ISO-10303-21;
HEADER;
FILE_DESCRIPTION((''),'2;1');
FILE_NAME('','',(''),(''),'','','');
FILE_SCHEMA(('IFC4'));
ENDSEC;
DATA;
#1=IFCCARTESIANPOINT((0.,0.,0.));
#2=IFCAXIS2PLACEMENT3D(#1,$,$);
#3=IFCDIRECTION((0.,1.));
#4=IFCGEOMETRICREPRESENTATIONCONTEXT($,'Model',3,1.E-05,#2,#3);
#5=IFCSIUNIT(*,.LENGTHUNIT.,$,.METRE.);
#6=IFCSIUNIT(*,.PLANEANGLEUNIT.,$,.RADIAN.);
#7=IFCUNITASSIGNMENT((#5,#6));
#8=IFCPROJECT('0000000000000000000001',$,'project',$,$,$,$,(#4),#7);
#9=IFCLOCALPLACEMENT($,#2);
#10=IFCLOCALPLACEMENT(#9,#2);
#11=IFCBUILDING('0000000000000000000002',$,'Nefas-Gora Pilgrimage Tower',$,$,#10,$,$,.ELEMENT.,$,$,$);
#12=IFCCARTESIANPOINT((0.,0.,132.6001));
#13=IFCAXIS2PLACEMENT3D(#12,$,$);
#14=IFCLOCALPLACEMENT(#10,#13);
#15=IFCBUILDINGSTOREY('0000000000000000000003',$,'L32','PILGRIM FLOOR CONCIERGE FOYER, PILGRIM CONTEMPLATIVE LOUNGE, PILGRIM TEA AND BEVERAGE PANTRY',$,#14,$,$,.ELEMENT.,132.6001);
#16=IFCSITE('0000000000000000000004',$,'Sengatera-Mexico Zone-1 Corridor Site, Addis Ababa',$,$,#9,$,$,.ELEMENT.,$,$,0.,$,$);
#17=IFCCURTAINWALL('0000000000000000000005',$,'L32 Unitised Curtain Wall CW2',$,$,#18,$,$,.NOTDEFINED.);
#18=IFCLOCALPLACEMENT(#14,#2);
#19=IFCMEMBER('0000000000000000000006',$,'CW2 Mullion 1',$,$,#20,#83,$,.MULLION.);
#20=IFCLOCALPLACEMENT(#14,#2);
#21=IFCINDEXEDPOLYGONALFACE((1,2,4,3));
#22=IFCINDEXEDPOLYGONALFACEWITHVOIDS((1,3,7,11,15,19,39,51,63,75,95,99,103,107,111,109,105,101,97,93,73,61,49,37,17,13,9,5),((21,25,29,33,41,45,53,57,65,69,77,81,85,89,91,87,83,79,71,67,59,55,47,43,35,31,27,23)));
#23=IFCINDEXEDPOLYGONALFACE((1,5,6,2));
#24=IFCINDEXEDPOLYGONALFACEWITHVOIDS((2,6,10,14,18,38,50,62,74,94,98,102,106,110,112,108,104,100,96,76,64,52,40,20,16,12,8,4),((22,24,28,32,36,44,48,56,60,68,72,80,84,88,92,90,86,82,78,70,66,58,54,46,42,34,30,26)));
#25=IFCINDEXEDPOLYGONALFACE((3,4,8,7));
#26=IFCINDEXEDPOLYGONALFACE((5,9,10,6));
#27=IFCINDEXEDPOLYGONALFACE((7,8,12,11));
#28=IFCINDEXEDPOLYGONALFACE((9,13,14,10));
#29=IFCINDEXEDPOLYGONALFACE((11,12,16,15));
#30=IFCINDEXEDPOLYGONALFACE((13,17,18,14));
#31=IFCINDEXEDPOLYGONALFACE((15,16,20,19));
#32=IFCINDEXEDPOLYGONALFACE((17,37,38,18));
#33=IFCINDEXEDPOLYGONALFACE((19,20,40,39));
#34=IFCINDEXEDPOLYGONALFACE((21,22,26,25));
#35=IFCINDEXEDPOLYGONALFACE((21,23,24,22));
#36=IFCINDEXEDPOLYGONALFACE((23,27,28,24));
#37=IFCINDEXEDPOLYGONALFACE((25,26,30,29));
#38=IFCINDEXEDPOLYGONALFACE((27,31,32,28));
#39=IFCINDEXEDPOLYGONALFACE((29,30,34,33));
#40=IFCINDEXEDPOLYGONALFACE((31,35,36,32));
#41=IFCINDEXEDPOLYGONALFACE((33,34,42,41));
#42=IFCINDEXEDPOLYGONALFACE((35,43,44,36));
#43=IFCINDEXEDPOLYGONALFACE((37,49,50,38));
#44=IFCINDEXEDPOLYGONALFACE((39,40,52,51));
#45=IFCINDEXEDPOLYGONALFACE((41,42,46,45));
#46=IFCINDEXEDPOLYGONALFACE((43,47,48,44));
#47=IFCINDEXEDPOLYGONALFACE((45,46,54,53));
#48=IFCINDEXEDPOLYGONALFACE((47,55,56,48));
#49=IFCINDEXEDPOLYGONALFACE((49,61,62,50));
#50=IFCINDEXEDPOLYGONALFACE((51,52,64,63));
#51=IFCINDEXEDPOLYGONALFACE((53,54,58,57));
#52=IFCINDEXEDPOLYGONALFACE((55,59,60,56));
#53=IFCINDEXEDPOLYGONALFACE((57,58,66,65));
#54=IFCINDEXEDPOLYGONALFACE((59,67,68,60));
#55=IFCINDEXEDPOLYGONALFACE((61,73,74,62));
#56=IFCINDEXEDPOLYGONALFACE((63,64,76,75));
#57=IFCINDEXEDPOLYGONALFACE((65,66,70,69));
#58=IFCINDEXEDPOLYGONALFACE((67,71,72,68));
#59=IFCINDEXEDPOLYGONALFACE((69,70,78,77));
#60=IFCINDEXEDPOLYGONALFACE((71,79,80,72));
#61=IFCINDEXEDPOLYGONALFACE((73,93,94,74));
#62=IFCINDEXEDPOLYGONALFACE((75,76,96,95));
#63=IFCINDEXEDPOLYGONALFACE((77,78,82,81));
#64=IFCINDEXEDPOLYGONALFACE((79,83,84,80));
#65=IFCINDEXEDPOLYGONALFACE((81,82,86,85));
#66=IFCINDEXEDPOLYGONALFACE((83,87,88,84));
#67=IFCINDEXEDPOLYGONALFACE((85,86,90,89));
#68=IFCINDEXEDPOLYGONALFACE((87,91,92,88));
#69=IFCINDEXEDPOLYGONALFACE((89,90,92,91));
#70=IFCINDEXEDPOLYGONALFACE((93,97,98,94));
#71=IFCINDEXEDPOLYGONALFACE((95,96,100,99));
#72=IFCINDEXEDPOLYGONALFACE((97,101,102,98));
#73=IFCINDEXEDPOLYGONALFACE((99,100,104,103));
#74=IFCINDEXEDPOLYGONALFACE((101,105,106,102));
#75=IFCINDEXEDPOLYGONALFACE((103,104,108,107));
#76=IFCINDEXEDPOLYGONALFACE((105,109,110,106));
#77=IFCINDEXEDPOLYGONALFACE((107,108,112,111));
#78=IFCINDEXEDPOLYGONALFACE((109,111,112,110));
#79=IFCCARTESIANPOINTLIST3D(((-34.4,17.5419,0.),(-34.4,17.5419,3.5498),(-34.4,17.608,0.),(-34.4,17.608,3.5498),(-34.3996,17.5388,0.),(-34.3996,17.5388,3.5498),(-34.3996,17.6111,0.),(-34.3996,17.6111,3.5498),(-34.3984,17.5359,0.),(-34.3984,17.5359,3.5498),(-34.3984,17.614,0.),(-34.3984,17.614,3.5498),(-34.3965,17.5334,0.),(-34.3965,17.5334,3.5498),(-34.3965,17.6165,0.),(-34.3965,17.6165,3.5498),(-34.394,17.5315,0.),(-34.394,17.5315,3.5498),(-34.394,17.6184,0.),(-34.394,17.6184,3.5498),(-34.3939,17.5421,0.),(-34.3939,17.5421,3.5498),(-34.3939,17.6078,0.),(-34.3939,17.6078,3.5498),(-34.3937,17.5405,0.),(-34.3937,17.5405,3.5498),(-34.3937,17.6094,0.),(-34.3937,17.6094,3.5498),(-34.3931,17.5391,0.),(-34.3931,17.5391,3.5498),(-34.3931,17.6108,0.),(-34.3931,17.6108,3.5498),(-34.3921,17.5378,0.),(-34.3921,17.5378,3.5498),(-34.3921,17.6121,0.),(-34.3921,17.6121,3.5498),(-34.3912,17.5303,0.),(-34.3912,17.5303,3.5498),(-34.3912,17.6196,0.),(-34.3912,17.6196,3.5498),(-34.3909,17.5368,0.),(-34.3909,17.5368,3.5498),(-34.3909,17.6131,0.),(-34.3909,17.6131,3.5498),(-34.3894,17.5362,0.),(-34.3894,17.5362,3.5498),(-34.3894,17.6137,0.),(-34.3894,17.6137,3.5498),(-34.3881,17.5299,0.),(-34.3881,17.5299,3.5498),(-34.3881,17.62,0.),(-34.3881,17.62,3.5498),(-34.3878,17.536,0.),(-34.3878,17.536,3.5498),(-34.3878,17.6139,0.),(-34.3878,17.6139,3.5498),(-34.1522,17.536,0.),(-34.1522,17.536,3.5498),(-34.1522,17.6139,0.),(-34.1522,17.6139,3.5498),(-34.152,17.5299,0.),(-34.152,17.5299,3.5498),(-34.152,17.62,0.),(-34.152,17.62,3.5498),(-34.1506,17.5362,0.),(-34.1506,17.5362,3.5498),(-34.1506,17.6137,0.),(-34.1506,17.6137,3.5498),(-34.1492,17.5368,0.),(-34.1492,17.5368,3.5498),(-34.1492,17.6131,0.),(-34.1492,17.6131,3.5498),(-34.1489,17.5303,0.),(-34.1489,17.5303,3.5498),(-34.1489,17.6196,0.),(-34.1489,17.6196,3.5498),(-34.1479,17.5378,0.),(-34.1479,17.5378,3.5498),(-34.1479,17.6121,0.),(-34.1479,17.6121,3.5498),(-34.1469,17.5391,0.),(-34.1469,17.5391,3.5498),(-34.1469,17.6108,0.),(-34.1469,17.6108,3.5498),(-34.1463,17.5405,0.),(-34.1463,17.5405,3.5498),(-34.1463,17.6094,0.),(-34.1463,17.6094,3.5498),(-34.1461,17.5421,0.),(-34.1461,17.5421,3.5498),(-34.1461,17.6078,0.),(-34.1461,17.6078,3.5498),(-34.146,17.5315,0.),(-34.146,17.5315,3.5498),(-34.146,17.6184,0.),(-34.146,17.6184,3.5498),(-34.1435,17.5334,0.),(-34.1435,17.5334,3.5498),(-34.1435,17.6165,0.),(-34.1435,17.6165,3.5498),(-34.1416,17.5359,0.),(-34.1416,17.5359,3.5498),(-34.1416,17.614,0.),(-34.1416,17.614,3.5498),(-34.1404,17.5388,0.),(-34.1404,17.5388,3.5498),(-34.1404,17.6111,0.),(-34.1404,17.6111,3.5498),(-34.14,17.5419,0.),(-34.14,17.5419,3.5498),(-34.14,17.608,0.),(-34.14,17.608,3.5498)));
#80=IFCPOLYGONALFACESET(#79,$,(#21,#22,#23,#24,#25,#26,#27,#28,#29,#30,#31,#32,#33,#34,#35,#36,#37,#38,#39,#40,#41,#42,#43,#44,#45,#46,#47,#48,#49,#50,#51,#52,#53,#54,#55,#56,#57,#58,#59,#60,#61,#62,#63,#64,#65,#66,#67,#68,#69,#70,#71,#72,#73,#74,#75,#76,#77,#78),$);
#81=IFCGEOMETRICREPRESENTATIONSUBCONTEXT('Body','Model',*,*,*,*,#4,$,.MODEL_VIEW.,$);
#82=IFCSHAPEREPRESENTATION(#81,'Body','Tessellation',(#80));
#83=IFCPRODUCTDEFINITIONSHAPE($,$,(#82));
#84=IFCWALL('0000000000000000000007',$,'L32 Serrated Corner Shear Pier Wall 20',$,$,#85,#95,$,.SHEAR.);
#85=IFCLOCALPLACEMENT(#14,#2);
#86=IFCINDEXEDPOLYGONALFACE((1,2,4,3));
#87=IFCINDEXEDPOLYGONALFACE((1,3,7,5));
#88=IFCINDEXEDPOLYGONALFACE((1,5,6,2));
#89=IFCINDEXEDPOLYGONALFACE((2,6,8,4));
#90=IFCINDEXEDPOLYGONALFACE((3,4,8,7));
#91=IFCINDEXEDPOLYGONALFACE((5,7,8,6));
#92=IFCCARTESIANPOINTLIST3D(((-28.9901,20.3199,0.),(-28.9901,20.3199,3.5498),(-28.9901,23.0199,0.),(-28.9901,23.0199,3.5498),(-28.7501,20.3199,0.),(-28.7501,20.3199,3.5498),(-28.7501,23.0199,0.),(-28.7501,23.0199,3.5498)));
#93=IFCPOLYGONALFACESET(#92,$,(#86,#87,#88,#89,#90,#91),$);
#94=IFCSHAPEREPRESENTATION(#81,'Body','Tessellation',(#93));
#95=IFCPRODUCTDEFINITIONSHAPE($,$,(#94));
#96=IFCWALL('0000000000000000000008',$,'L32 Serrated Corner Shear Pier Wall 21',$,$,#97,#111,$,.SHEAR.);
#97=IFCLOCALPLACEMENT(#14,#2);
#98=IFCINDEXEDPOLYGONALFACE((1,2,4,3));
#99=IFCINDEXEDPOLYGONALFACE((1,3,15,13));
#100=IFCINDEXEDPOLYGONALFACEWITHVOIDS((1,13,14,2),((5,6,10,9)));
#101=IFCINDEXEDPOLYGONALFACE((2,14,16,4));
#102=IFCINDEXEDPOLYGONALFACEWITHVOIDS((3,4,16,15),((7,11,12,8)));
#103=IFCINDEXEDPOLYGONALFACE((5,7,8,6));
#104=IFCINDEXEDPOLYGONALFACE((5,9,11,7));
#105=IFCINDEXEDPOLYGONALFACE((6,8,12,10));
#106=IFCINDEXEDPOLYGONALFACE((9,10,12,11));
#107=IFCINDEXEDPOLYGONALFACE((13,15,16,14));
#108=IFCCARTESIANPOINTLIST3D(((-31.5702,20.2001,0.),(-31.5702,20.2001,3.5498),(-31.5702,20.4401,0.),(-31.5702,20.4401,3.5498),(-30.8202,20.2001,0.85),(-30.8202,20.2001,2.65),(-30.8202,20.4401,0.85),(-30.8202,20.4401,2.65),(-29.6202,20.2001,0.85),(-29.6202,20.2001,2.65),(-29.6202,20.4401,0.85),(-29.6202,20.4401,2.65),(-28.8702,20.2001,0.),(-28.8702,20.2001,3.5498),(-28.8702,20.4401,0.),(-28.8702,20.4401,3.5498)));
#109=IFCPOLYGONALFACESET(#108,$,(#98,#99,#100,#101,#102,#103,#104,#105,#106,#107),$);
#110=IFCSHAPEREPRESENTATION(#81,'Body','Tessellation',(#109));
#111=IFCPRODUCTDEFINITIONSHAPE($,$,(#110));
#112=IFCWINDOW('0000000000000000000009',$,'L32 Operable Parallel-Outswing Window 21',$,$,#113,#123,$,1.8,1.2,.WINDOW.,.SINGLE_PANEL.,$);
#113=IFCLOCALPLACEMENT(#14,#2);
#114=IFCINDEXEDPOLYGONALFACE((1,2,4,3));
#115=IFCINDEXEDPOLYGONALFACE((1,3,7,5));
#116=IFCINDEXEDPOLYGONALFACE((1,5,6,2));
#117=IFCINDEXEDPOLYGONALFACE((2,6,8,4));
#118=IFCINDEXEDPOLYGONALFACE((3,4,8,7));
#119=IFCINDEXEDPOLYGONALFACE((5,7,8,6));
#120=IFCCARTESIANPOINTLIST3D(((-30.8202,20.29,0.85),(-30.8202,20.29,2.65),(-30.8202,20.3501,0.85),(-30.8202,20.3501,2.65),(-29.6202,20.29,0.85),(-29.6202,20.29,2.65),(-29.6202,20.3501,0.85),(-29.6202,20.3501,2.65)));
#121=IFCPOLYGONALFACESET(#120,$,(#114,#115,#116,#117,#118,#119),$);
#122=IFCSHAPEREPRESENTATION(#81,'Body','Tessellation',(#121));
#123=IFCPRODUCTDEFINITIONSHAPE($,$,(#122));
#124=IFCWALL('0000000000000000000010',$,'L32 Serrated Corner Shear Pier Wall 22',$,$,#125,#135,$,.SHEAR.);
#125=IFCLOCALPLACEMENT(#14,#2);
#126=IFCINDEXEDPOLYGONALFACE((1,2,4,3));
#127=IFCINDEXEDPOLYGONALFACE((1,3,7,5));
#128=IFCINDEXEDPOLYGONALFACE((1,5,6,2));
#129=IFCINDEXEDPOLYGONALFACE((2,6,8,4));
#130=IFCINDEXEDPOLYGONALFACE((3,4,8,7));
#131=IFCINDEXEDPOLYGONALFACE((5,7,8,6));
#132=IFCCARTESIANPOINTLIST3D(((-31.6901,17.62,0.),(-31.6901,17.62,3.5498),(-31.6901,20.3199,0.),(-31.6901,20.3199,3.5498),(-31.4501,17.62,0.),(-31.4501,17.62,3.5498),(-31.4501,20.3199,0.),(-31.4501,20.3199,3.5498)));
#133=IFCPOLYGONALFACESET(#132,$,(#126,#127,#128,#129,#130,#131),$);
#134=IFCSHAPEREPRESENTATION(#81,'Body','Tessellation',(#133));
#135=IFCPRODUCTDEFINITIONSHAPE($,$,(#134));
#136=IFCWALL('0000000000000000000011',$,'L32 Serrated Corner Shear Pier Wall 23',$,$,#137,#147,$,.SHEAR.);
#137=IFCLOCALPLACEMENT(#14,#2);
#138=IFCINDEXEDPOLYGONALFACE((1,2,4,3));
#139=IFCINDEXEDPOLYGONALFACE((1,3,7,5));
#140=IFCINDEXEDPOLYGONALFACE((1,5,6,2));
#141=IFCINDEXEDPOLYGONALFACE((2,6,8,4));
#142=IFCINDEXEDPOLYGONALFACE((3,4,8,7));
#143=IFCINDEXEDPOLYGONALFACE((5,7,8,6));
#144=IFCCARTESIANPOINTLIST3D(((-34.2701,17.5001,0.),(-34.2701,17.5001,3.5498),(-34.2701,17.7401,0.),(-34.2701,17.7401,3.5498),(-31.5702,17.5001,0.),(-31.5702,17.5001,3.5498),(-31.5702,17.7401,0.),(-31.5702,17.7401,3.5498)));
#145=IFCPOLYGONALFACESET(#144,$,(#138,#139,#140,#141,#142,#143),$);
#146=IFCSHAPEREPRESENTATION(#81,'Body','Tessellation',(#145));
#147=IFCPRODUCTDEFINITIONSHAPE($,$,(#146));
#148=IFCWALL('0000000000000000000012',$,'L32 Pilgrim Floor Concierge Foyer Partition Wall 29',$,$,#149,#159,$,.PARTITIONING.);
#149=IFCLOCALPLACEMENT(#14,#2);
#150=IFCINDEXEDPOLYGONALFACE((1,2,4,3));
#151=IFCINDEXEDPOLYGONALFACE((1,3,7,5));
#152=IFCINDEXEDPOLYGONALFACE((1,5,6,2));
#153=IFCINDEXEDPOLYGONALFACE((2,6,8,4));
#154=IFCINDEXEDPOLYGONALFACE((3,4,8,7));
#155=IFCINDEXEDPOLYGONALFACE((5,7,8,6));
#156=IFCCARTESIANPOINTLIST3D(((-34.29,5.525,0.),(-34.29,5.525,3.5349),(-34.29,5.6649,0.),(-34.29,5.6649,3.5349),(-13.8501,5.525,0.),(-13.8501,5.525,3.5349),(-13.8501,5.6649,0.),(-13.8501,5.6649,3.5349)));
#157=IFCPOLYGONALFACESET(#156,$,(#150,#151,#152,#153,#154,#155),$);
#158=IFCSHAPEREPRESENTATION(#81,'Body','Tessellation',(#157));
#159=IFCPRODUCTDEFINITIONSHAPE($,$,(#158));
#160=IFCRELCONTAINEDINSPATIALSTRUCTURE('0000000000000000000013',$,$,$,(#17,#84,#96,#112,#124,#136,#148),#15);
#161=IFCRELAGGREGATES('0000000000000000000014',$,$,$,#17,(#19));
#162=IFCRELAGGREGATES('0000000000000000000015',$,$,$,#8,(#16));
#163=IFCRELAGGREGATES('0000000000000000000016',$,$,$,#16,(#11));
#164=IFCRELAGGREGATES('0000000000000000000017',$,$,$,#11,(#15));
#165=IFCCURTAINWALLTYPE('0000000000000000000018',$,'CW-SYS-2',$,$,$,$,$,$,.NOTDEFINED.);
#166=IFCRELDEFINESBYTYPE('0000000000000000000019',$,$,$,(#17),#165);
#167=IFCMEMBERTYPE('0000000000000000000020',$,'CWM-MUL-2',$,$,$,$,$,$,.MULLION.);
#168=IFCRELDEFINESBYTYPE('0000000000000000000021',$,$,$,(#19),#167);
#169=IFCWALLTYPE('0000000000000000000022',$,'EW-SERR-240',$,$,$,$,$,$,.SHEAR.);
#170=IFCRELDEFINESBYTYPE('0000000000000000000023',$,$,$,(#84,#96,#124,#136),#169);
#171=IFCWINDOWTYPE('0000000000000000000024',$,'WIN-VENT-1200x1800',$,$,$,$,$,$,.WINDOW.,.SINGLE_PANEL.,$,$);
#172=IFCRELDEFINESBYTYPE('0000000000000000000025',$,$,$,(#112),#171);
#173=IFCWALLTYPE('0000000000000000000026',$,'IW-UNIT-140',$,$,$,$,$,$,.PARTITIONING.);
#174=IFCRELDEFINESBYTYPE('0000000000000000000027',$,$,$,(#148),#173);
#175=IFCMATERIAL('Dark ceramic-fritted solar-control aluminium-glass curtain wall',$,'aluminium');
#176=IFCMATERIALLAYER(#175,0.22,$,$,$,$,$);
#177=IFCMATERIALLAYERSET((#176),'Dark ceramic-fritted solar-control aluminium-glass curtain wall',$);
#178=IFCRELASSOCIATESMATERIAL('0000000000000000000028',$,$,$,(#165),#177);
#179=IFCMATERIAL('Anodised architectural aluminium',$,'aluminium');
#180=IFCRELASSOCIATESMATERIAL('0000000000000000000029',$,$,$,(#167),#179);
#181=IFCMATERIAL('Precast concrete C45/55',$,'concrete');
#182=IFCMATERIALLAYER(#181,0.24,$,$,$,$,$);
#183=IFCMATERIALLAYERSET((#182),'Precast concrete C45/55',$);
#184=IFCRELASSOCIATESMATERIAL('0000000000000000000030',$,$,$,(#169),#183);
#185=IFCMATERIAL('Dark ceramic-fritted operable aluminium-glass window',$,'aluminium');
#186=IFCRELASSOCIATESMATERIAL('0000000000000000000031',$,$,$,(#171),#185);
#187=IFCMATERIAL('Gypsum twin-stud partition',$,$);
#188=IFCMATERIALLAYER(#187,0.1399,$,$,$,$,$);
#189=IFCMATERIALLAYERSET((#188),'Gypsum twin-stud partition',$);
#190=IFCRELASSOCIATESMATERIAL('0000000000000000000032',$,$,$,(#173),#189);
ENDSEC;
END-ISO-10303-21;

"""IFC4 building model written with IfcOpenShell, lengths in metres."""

from ifc_helpers import new_model, si_unit, direction, frame, frame_2d, origin, origin_2d, place, context, subcontext, project, spatial, rectangle, hollow_rectangle, extrude, source, transform, mapped, material, layer, layer_set, material_profile, profile_set, type_object, element, fill, aggregate, save


model = new_model("IFC4")

# Units and contexts
model_context = context("Model", 3, precision=1e-05, world=origin(), true_north=direction((0.0, 1.0)))
body_context = subcontext(model_context, "Body", "Model", "MODEL_VIEW")
ifc_project = project(units=[si_unit("LENGTHUNIT", "METRE"), si_unit("PLANEANGLEUNIT", "RADIAN")], contexts=[model_context])

# Site, building, storey
site_placement = place(None, origin())
site = spatial("IfcSite", under=ifc_project, at=site_placement, Name="Sengatera-Mexico Zone-1 Corridor Site, Addis Ababa", CompositionType="ELEMENT", RefElevation=0.0)
building_placement = place(site_placement, origin())
building = spatial("IfcBuilding", under=site, at=building_placement, Name="Nefas-Gora Pilgrimage Tower", CompositionType="ELEMENT")
storey_placement = place(building_placement, frame((0.0, 0.0, 132.6001)))
storey = spatial("IfcBuildingStorey", under=building, at=storey_placement, Name="L32", Description="PILGRIM FLOOR CONCIERGE FOYER, PILGRIM CONTEMPLATIVE LOUNGE, PILGRIM TEA AND BEVERAGE PANTRY", CompositionType="ELEMENT", Elevation=132.6001)

# Curtain wall
ifc_material_1 = material(Name="Dark ceramic-fritted solar-control aluminium-glass curtain wall", Category="aluminium")
ifc_layer_1 = layer(ifc_material_1, 0.22)
ifc_layer_set_1 = layer_set([ifc_layer_1], Name="Dark ceramic-fritted solar-control aluminium-glass curtain wall")
curtain_wall_type = type_object("IfcCurtainWallType", Name="CW-SYS-2", PredefinedType="NOTDEFINED", material=ifc_layer_set_1)
curtain_wall_1_placement = place(storey_placement, origin())
curtain_wall_1 = element("IfcCurtainWall", 1, at=curtain_wall_1_placement, inside=storey, type_object=curtain_wall_type, Name="L32 Unitised Curtain Wall CW2", PredefinedType="NOTDEFINED")
ifc_material_2 = material(Name="Anodised architectural aluminium", Category="aluminium")
ifc_material_profile_1 = material_profile(ifc_material_2, hollow_rectangle(XDim=0.0901, YDim=0.26, WallThickness=0.0061, InnerFilletRadius=0.0061, OuterFilletRadius=0.012, at=origin_2d()), Name="ALU MULLION 90x260")
ifc_profile_set_1 = profile_set([ifc_material_profile_1], Name="Anodised architectural aluminium")
member_type_1 = type_object("IfcMemberType", Name="CWM-MUL-2", PredefinedType="MULLION", material=ifc_profile_set_1)
shared_shape_1 = source(origin(), body_context, "Body", "SweptSolid", [
    extrude(hollow_rectangle(XDim=0.0901, YDim=0.26, WallThickness=0.0061, InnerFilletRadius=0.0061, OuterFilletRadius=0.012, at=origin_2d()), origin(), (0.0, 0.0, 1.0), 3.5498),
])

# Member
member_1_placement = place(storey_placement, frame((-34.27, 17.575, 0.0), z_axis=(0.0, 0.0, 1.0), x_axis=(0.0, -1.0, 0.0)))
member_1 = element("IfcMember", 2, at=member_1_placement, type_object=member_type_1, Name="CW2 Mullion 1", PredefinedType="MULLION", context=body_context, shape_type="MappedRepresentation", body=[
    mapped(shared_shape_1, transform((0.0, 0.0, 0.0), x_axis=(1.0, 0.0, 0.0), y_axis=(0.0, 1.0, 0.0), z_axis=(0.0, 0.0, 1.0), scale=1.0)),
])
aggregate(curtain_wall_1, [member_1])

# Wall
ifc_material_3 = material(Name="Precast concrete C45/55", Category="concrete")
ifc_layer_2 = layer(ifc_material_3, 0.24)
ifc_layer_set_2 = layer_set([ifc_layer_2], Name="Precast concrete C45/55")
wall_type_1 = type_object("IfcWallType", Name="EW-SERR-240", PredefinedType="SHEAR", material=ifc_layer_set_2)
shared_shape_2 = source(origin(), body_context, "Body", "SweptSolid", [
    extrude(rectangle(XDim=2.7, YDim=0.24, at=frame_2d((1.3501, 0.0))), origin(), (0.0, 0.0, 1.0), 3.5498),
])
wall_1_placement = place(storey_placement, frame((-28.8701, 23.02, 0.0), z_axis=(0.0, 0.0, 1.0), x_axis=(0.0, -1.0, 0.0)))
element("IfcWall", 3, at=wall_1_placement, inside=storey, type_object=wall_type_1, Name="L32 Serrated Corner Shear Pier Wall 20", PredefinedType="SHEAR", context=body_context, shape_type="MappedRepresentation", body=[
    mapped(shared_shape_2, transform((0.0, 0.0, 0.0), x_axis=(1.0, 0.0, 0.0), y_axis=(0.0, 1.0, 0.0), z_axis=(0.0, 0.0, 1.0), scale=1.0)),
])

# Wall, opening, window
wall_2_placement = place(storey_placement, frame((-28.8701, 20.3201, 0.0), z_axis=(0.0, 0.0, 1.0), x_axis=(-1.0, 0.0, 0.0)))
wall_2 = element("IfcWall", 4, at=wall_2_placement, inside=storey, type_object=wall_type_1, Name="L32 Serrated Corner Shear Pier Wall 21", PredefinedType="SHEAR", context=body_context, shape_type="MappedRepresentation", body=[
    mapped(shared_shape_2, transform((0.0, 0.0, 0.0), x_axis=(1.0, 0.0, 0.0), y_axis=(0.0, 1.0, 0.0), z_axis=(0.0, 0.0, 1.0), scale=1.0)),
])
opening_placement = place(wall_2_placement, frame((0.75, 0.0, 0.8501)))
opening = element("IfcOpeningElement", 5, at=opening_placement, cuts=wall_2, PredefinedType="OPENING", context=body_context, shape_type="SweptSolid", body=[
    extrude(rectangle(XDim=1.2, YDim=1.8, at=frame_2d((0.6001, 0.8999))), frame((0.0, 0.1299, 0.0), z_axis=(0.0, -1.0, 0.0), x_axis=(1.0, 0.0, 0.0)), (0.0, 0.0, 1.0), 0.26),
])
ifc_material_4 = material(Name="Dark ceramic-fritted operable aluminium-glass window", Category="aluminium")
window_type = type_object("IfcWindowType", Name="WIN-VENT-1200x1800", PartitioningType="SINGLE_PANEL", PredefinedType="WINDOW", material=ifc_material_4)
shared_shape_3 = source(origin(), body_context, "Body", "SweptSolid", [
    extrude(rectangle(XDim=1.2, YDim=1.8, at=frame_2d((0.6001, 0.8999))), frame((0.0, 0.03, 0.0), z_axis=(0.0, -1.0, 0.0), x_axis=(1.0, 0.0, 0.0)), (0.0, 0.0, 1.0), 0.0601),
])
window_placement = place(opening_placement, origin())
window = element("IfcWindow", 6, at=window_placement, inside=storey, type_object=window_type, Name="L32 Operable Parallel-Outswing Window 21", OverallHeight=1.8, OverallWidth=1.2, PartitioningType="SINGLE_PANEL", PredefinedType="WINDOW", context=body_context, shape_type="MappedRepresentation", body=[
    mapped(shared_shape_3, transform((0.0, 0.0, 0.0), x_axis=(1.0, 0.0, 0.0), y_axis=(0.0, 1.0, 0.0), z_axis=(0.0, 0.0, 1.0), scale=1.0)),
])
fill(opening, window)

# Walls
for number, where, z_axis, x_axis, name in (
    (7, (-31.5701, 20.3201, 0.0), (0.0, 0.0, 1.0), (0.0, -1.0, 0.0), "L32 Serrated Corner Shear Pier Wall 22"),
    (8, (-31.5701, 17.6201, 0.0), (0.0, 0.0, 1.0), (-1.0, 0.0, 0.0), "L32 Serrated Corner Shear Pier Wall 23"),
):
    element("IfcWall", number, at=place(storey_placement, frame(where, z_axis=z_axis, x_axis=x_axis)), inside=storey, type_object=wall_type_1, Name=name, PredefinedType="SHEAR", context=body_context, shape_type="MappedRepresentation", body=[
        mapped(shared_shape_2, transform((0.0, 0.0, 0.0), x_axis=(1.0, 0.0, 0.0), y_axis=(0.0, 1.0, 0.0), z_axis=(0.0, 0.0, 1.0), scale=1.0)),
    ])
ifc_material_5 = material(Name="Gypsum twin-stud partition")
ifc_layer_3 = layer(ifc_material_5, 0.1399)
ifc_layer_set_3 = layer_set([ifc_layer_3], Name="Gypsum twin-stud partition")
wall_type_2 = type_object("IfcWallType", Name="IW-UNIT-140", PredefinedType="PARTITIONING", material=ifc_layer_set_3)
shared_shape_4 = source(origin(), body_context, "Body", "SweptSolid", [
    extrude(rectangle(XDim=20.4399, YDim=0.1399, at=frame_2d((10.22, 0.0))), origin(), (0.0, 0.0, 1.0), 3.5349),
])
wall_3_placement = place(storey_placement, frame((-34.29, 5.595, 0.0), z_axis=(0.0, 0.0, 1.0), x_axis=(1.0, 0.0, 0.0)))
element("IfcWall", 9, at=wall_3_placement, inside=storey, type_object=wall_type_2, Name="L32 Pilgrim Floor Concierge Foyer Partition Wall 29", PredefinedType="PARTITIONING", context=body_context, shape_type="MappedRepresentation", body=[
    mapped(shared_shape_4, transform((0.0, 0.0, 0.0), x_axis=(1.0, 0.0, 0.0), y_axis=(0.0, 1.0, 0.0), z_axis=(0.0, 0.0, 1.0), scale=1.0)),
])

save(model, "model.ifc")
